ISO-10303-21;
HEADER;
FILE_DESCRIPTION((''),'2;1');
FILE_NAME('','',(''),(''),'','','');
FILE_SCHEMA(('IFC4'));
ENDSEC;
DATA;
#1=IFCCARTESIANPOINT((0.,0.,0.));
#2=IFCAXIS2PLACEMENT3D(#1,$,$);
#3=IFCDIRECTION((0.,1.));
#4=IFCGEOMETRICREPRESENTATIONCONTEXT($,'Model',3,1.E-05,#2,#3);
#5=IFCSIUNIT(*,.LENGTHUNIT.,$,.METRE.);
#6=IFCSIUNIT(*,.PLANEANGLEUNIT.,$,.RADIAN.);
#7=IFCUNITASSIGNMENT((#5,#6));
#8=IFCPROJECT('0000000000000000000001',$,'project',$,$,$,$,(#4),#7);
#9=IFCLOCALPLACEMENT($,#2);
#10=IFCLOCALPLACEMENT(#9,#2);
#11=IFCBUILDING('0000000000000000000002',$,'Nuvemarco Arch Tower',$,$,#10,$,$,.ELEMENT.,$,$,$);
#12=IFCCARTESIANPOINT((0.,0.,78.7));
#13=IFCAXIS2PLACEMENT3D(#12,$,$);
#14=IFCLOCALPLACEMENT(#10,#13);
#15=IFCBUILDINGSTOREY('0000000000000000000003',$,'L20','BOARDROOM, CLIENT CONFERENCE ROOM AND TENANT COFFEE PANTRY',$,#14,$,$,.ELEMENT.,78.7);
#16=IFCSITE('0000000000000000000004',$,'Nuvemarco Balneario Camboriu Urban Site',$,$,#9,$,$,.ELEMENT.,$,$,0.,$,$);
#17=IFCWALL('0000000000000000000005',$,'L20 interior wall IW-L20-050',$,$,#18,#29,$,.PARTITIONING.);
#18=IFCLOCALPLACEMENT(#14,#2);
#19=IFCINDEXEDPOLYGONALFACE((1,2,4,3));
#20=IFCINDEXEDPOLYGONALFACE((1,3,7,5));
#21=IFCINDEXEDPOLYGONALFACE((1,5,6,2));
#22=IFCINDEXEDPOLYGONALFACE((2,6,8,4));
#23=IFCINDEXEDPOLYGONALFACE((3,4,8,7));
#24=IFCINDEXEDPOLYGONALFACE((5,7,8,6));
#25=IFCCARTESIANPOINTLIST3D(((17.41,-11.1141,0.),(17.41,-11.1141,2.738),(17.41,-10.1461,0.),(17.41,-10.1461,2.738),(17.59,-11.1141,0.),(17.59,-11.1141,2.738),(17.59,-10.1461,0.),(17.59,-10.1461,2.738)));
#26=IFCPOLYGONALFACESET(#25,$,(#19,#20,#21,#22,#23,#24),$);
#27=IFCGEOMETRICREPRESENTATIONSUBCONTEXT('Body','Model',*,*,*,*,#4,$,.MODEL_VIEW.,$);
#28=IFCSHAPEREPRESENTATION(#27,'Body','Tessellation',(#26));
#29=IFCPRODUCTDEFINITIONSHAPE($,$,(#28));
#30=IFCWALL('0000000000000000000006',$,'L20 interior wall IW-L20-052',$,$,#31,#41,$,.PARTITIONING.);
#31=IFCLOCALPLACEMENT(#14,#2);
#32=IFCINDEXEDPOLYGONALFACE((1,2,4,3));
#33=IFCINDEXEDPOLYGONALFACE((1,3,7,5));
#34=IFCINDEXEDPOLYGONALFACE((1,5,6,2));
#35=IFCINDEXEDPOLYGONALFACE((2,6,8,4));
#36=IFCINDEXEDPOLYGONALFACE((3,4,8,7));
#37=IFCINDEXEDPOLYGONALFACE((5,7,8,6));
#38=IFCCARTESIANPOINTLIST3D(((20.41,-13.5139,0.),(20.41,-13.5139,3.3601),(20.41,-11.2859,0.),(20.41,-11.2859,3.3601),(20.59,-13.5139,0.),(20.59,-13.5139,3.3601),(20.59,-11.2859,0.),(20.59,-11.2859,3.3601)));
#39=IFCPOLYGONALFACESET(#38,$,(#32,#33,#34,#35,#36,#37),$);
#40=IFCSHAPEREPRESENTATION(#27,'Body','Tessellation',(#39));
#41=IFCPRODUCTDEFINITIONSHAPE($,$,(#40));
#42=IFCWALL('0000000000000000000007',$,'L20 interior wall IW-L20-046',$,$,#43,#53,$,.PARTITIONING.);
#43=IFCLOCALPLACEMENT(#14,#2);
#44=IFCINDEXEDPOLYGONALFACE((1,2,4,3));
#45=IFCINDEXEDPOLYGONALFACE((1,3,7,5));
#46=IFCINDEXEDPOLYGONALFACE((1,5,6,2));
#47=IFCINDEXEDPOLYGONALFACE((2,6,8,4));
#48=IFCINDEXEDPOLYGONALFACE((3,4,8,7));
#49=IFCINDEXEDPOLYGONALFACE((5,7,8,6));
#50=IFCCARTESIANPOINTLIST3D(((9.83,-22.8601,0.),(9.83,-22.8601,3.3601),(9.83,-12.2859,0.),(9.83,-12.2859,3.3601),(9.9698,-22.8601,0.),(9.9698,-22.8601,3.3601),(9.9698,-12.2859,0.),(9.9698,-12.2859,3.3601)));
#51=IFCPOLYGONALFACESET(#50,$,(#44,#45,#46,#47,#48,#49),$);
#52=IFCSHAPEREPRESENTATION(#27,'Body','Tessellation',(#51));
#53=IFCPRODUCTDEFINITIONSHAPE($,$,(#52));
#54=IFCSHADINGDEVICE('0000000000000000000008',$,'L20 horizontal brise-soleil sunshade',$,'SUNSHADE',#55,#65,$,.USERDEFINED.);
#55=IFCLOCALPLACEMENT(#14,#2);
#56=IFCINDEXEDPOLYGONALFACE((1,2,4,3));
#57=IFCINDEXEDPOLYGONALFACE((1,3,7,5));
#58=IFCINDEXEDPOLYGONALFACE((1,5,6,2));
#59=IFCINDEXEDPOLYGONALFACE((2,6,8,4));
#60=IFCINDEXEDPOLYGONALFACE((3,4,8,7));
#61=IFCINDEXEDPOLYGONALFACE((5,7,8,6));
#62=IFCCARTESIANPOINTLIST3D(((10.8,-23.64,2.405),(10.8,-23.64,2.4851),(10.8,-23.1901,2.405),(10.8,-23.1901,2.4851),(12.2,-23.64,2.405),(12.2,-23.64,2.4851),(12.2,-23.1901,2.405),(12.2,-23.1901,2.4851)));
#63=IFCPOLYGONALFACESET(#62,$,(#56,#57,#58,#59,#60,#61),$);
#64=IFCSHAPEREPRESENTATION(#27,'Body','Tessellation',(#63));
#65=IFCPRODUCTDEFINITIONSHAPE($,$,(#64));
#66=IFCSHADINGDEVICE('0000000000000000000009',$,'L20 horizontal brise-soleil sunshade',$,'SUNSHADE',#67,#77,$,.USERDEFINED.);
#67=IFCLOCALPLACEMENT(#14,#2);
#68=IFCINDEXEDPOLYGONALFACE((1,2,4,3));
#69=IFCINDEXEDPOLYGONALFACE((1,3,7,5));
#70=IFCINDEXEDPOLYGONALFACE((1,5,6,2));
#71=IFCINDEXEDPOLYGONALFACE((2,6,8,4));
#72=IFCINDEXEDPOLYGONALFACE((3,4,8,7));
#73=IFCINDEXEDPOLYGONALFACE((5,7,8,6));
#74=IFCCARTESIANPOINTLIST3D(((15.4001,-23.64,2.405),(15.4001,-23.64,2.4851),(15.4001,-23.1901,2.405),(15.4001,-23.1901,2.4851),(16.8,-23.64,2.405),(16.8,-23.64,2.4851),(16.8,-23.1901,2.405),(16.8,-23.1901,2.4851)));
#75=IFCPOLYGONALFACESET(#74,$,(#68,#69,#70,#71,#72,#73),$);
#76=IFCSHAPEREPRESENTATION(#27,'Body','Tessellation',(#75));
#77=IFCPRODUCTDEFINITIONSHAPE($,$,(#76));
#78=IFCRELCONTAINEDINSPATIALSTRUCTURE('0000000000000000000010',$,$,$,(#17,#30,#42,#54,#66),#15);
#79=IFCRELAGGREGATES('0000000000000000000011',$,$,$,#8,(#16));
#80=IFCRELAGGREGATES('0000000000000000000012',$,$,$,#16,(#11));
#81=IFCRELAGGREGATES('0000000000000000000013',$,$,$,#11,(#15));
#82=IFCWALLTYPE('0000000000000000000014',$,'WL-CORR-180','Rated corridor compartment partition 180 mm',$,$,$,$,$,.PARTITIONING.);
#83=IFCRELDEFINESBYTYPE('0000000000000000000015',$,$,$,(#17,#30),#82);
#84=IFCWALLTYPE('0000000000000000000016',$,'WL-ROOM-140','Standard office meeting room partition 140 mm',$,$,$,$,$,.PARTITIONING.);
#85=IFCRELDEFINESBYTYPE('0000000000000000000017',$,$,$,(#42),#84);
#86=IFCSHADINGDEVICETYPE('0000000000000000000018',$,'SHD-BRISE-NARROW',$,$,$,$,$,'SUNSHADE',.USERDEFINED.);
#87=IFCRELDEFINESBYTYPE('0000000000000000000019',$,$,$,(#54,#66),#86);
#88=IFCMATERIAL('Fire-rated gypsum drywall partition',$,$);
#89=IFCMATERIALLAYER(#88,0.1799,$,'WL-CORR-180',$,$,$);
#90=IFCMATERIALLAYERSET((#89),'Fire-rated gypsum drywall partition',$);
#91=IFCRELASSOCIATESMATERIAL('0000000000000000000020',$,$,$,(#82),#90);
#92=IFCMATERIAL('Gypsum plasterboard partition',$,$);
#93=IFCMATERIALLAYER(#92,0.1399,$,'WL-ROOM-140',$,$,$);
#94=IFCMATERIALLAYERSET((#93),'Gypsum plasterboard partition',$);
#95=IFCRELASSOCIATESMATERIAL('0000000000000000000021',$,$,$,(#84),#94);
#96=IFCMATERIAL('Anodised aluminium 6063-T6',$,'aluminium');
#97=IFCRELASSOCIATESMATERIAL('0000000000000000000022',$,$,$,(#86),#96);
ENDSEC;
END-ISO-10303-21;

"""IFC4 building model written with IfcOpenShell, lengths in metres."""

from ifc_helpers import new_model, si_unit, direction, frame, frame_2d, origin, origin_2d, place, context, subcontext, project, spatial, rectangle, extrude, source, transform, mapped, material, layer, layer_set, type_object, type_shapes, element, save


model = new_model("IFC4")

# Units and contexts
model_context = context("Model", 3, precision=1e-05, world=origin(), true_north=direction((0.0, 1.0)))
body_context = subcontext(model_context, "Body", "Model", "MODEL_VIEW")
ifc_project = project(units=[si_unit("LENGTHUNIT", "METRE"), si_unit("PLANEANGLEUNIT", "RADIAN")], contexts=[model_context])

# Site, building, storey
site_placement = place(None, origin())
site = spatial("IfcSite", under=ifc_project, at=site_placement, Name="Nuvemarco Balneario Camboriu Urban Site", CompositionType="ELEMENT", RefElevation=0.0)
building_placement = place(site_placement, origin())
building = spatial("IfcBuilding", under=site, at=building_placement, Name="Nuvemarco Arch Tower", CompositionType="ELEMENT")
storey_placement = place(building_placement, frame((0.0, 0.0, 78.7)))
storey = spatial("IfcBuildingStorey", under=building, at=storey_placement, Name="L20", Description="BOARDROOM, CLIENT CONFERENCE ROOM AND TENANT COFFEE PANTRY", CompositionType="ELEMENT", Elevation=78.7)

# Shared definitions
ifc_material_1 = material(Name="Fire-rated gypsum drywall partition")
ifc_layer_1 = layer(ifc_material_1, 0.1799, Name="WL-CORR-180")
ifc_layer_set_1 = layer_set([ifc_layer_1], Name="Fire-rated gypsum drywall partition")
wall_type_1 = type_object("IfcWallType", Name="WL-CORR-180", Description="Rated corridor compartment partition 180 mm", PredefinedType="PARTITIONING", material=ifc_layer_set_1)

# Walls
wall_1_placement = place(storey_placement, frame((17.5, -11.114, 0.0), z_axis=(0.0, 0.0, 1.0), x_axis=(0.0, 1.0, 0.0)))
element("IfcWall", 1, at=wall_1_placement, inside=storey, type_object=wall_type_1, Name="L20 interior wall IW-L20-050", PredefinedType="PARTITIONING", context=body_context, shape_type="SweptSolid", body=[
    extrude(rectangle(XDim=0.968, YDim=0.1799, at=frame_2d((0.4839, 0.0))), origin(), (0.0, 0.0, 1.0), 2.738),
])
wall_2_placement = place(storey_placement, frame((20.5, -13.5139, 0.0), z_axis=(0.0, 0.0, 1.0), x_axis=(0.0, 1.0, 0.0)))
element("IfcWall", 2, at=wall_2_placement, inside=storey, type_object=wall_type_1, Name="L20 interior wall IW-L20-052", PredefinedType="PARTITIONING", context=body_context, shape_type="SweptSolid", body=[
    extrude(rectangle(XDim=2.228, YDim=0.1799, at=frame_2d((1.114, 0.0))), origin(), (0.0, 0.0, 1.0), 3.3601),
])
ifc_material_2 = material(Name="Gypsum plasterboard partition")
ifc_layer_2 = layer(ifc_material_2, 0.1399, Name="WL-ROOM-140")
ifc_layer_set_2 = layer_set([ifc_layer_2], Name="Gypsum plasterboard partition")
wall_type_2 = type_object("IfcWallType", Name="WL-ROOM-140", Description="Standard office meeting room partition 140 mm", PredefinedType="PARTITIONING", material=ifc_layer_set_2)
wall_3_placement = place(storey_placement, frame((9.8999, -22.8601, 0.0), z_axis=(0.0, 0.0, 1.0), x_axis=(0.0, 1.0, 0.0)))
element("IfcWall", 3, at=wall_3_placement, inside=storey, type_object=wall_type_2, Name="L20 interior wall IW-L20-046", PredefinedType="PARTITIONING", context=body_context, shape_type="SweptSolid", body=[
    extrude(rectangle(XDim=10.5742, YDim=0.1399, at=frame_2d((5.2871, 0.0))), origin(), (0.0, 0.0, 1.0), 3.3601),
])

# Shading devices
ifc_material_3 = material(Name="Anodised aluminium 6063-T6", Category="aluminium")
shading_device_type = type_object("IfcShadingDeviceType", Name="SHD-BRISE-NARROW", ElementType="SUNSHADE", PredefinedType="USERDEFINED", material=ifc_material_3)
shared_shape_1 = source(origin(), body_context, "Body", "SweptSolid", [
    extrude(rectangle(XDim=1.3999, YDim=0.45, at=origin_2d()), origin(), (0.0, 0.0, 1.0), 0.0801),
])
type_shapes(shading_device_type, [shared_shape_1])
for number, where, z_axis, x_axis, name in (
    (4, (11.5, -23.415, 2.405), (0.0, 0.0, 1.0), (1.0, 0.0, 0.0), "L20 horizontal brise-soleil sunshade"),
    (5, (16.1001, -23.415, 2.405), (0.0, 0.0, 1.0), (1.0, 0.0, 0.0), "L20 horizontal brise-soleil sunshade"),
):
    element("IfcShadingDevice", number, at=place(storey_placement, frame(where, z_axis=z_axis, x_axis=x_axis)), inside=storey, type_object=shading_device_type, Name=name, ObjectType="SUNSHADE", PredefinedType="USERDEFINED", context=body_context, shape_type="MappedRepresentation", body=[
        mapped(shared_shape_1, transform((0.0, 0.0, 0.0), scale=1.0)),
    ])

save(model, "model.ifc")
